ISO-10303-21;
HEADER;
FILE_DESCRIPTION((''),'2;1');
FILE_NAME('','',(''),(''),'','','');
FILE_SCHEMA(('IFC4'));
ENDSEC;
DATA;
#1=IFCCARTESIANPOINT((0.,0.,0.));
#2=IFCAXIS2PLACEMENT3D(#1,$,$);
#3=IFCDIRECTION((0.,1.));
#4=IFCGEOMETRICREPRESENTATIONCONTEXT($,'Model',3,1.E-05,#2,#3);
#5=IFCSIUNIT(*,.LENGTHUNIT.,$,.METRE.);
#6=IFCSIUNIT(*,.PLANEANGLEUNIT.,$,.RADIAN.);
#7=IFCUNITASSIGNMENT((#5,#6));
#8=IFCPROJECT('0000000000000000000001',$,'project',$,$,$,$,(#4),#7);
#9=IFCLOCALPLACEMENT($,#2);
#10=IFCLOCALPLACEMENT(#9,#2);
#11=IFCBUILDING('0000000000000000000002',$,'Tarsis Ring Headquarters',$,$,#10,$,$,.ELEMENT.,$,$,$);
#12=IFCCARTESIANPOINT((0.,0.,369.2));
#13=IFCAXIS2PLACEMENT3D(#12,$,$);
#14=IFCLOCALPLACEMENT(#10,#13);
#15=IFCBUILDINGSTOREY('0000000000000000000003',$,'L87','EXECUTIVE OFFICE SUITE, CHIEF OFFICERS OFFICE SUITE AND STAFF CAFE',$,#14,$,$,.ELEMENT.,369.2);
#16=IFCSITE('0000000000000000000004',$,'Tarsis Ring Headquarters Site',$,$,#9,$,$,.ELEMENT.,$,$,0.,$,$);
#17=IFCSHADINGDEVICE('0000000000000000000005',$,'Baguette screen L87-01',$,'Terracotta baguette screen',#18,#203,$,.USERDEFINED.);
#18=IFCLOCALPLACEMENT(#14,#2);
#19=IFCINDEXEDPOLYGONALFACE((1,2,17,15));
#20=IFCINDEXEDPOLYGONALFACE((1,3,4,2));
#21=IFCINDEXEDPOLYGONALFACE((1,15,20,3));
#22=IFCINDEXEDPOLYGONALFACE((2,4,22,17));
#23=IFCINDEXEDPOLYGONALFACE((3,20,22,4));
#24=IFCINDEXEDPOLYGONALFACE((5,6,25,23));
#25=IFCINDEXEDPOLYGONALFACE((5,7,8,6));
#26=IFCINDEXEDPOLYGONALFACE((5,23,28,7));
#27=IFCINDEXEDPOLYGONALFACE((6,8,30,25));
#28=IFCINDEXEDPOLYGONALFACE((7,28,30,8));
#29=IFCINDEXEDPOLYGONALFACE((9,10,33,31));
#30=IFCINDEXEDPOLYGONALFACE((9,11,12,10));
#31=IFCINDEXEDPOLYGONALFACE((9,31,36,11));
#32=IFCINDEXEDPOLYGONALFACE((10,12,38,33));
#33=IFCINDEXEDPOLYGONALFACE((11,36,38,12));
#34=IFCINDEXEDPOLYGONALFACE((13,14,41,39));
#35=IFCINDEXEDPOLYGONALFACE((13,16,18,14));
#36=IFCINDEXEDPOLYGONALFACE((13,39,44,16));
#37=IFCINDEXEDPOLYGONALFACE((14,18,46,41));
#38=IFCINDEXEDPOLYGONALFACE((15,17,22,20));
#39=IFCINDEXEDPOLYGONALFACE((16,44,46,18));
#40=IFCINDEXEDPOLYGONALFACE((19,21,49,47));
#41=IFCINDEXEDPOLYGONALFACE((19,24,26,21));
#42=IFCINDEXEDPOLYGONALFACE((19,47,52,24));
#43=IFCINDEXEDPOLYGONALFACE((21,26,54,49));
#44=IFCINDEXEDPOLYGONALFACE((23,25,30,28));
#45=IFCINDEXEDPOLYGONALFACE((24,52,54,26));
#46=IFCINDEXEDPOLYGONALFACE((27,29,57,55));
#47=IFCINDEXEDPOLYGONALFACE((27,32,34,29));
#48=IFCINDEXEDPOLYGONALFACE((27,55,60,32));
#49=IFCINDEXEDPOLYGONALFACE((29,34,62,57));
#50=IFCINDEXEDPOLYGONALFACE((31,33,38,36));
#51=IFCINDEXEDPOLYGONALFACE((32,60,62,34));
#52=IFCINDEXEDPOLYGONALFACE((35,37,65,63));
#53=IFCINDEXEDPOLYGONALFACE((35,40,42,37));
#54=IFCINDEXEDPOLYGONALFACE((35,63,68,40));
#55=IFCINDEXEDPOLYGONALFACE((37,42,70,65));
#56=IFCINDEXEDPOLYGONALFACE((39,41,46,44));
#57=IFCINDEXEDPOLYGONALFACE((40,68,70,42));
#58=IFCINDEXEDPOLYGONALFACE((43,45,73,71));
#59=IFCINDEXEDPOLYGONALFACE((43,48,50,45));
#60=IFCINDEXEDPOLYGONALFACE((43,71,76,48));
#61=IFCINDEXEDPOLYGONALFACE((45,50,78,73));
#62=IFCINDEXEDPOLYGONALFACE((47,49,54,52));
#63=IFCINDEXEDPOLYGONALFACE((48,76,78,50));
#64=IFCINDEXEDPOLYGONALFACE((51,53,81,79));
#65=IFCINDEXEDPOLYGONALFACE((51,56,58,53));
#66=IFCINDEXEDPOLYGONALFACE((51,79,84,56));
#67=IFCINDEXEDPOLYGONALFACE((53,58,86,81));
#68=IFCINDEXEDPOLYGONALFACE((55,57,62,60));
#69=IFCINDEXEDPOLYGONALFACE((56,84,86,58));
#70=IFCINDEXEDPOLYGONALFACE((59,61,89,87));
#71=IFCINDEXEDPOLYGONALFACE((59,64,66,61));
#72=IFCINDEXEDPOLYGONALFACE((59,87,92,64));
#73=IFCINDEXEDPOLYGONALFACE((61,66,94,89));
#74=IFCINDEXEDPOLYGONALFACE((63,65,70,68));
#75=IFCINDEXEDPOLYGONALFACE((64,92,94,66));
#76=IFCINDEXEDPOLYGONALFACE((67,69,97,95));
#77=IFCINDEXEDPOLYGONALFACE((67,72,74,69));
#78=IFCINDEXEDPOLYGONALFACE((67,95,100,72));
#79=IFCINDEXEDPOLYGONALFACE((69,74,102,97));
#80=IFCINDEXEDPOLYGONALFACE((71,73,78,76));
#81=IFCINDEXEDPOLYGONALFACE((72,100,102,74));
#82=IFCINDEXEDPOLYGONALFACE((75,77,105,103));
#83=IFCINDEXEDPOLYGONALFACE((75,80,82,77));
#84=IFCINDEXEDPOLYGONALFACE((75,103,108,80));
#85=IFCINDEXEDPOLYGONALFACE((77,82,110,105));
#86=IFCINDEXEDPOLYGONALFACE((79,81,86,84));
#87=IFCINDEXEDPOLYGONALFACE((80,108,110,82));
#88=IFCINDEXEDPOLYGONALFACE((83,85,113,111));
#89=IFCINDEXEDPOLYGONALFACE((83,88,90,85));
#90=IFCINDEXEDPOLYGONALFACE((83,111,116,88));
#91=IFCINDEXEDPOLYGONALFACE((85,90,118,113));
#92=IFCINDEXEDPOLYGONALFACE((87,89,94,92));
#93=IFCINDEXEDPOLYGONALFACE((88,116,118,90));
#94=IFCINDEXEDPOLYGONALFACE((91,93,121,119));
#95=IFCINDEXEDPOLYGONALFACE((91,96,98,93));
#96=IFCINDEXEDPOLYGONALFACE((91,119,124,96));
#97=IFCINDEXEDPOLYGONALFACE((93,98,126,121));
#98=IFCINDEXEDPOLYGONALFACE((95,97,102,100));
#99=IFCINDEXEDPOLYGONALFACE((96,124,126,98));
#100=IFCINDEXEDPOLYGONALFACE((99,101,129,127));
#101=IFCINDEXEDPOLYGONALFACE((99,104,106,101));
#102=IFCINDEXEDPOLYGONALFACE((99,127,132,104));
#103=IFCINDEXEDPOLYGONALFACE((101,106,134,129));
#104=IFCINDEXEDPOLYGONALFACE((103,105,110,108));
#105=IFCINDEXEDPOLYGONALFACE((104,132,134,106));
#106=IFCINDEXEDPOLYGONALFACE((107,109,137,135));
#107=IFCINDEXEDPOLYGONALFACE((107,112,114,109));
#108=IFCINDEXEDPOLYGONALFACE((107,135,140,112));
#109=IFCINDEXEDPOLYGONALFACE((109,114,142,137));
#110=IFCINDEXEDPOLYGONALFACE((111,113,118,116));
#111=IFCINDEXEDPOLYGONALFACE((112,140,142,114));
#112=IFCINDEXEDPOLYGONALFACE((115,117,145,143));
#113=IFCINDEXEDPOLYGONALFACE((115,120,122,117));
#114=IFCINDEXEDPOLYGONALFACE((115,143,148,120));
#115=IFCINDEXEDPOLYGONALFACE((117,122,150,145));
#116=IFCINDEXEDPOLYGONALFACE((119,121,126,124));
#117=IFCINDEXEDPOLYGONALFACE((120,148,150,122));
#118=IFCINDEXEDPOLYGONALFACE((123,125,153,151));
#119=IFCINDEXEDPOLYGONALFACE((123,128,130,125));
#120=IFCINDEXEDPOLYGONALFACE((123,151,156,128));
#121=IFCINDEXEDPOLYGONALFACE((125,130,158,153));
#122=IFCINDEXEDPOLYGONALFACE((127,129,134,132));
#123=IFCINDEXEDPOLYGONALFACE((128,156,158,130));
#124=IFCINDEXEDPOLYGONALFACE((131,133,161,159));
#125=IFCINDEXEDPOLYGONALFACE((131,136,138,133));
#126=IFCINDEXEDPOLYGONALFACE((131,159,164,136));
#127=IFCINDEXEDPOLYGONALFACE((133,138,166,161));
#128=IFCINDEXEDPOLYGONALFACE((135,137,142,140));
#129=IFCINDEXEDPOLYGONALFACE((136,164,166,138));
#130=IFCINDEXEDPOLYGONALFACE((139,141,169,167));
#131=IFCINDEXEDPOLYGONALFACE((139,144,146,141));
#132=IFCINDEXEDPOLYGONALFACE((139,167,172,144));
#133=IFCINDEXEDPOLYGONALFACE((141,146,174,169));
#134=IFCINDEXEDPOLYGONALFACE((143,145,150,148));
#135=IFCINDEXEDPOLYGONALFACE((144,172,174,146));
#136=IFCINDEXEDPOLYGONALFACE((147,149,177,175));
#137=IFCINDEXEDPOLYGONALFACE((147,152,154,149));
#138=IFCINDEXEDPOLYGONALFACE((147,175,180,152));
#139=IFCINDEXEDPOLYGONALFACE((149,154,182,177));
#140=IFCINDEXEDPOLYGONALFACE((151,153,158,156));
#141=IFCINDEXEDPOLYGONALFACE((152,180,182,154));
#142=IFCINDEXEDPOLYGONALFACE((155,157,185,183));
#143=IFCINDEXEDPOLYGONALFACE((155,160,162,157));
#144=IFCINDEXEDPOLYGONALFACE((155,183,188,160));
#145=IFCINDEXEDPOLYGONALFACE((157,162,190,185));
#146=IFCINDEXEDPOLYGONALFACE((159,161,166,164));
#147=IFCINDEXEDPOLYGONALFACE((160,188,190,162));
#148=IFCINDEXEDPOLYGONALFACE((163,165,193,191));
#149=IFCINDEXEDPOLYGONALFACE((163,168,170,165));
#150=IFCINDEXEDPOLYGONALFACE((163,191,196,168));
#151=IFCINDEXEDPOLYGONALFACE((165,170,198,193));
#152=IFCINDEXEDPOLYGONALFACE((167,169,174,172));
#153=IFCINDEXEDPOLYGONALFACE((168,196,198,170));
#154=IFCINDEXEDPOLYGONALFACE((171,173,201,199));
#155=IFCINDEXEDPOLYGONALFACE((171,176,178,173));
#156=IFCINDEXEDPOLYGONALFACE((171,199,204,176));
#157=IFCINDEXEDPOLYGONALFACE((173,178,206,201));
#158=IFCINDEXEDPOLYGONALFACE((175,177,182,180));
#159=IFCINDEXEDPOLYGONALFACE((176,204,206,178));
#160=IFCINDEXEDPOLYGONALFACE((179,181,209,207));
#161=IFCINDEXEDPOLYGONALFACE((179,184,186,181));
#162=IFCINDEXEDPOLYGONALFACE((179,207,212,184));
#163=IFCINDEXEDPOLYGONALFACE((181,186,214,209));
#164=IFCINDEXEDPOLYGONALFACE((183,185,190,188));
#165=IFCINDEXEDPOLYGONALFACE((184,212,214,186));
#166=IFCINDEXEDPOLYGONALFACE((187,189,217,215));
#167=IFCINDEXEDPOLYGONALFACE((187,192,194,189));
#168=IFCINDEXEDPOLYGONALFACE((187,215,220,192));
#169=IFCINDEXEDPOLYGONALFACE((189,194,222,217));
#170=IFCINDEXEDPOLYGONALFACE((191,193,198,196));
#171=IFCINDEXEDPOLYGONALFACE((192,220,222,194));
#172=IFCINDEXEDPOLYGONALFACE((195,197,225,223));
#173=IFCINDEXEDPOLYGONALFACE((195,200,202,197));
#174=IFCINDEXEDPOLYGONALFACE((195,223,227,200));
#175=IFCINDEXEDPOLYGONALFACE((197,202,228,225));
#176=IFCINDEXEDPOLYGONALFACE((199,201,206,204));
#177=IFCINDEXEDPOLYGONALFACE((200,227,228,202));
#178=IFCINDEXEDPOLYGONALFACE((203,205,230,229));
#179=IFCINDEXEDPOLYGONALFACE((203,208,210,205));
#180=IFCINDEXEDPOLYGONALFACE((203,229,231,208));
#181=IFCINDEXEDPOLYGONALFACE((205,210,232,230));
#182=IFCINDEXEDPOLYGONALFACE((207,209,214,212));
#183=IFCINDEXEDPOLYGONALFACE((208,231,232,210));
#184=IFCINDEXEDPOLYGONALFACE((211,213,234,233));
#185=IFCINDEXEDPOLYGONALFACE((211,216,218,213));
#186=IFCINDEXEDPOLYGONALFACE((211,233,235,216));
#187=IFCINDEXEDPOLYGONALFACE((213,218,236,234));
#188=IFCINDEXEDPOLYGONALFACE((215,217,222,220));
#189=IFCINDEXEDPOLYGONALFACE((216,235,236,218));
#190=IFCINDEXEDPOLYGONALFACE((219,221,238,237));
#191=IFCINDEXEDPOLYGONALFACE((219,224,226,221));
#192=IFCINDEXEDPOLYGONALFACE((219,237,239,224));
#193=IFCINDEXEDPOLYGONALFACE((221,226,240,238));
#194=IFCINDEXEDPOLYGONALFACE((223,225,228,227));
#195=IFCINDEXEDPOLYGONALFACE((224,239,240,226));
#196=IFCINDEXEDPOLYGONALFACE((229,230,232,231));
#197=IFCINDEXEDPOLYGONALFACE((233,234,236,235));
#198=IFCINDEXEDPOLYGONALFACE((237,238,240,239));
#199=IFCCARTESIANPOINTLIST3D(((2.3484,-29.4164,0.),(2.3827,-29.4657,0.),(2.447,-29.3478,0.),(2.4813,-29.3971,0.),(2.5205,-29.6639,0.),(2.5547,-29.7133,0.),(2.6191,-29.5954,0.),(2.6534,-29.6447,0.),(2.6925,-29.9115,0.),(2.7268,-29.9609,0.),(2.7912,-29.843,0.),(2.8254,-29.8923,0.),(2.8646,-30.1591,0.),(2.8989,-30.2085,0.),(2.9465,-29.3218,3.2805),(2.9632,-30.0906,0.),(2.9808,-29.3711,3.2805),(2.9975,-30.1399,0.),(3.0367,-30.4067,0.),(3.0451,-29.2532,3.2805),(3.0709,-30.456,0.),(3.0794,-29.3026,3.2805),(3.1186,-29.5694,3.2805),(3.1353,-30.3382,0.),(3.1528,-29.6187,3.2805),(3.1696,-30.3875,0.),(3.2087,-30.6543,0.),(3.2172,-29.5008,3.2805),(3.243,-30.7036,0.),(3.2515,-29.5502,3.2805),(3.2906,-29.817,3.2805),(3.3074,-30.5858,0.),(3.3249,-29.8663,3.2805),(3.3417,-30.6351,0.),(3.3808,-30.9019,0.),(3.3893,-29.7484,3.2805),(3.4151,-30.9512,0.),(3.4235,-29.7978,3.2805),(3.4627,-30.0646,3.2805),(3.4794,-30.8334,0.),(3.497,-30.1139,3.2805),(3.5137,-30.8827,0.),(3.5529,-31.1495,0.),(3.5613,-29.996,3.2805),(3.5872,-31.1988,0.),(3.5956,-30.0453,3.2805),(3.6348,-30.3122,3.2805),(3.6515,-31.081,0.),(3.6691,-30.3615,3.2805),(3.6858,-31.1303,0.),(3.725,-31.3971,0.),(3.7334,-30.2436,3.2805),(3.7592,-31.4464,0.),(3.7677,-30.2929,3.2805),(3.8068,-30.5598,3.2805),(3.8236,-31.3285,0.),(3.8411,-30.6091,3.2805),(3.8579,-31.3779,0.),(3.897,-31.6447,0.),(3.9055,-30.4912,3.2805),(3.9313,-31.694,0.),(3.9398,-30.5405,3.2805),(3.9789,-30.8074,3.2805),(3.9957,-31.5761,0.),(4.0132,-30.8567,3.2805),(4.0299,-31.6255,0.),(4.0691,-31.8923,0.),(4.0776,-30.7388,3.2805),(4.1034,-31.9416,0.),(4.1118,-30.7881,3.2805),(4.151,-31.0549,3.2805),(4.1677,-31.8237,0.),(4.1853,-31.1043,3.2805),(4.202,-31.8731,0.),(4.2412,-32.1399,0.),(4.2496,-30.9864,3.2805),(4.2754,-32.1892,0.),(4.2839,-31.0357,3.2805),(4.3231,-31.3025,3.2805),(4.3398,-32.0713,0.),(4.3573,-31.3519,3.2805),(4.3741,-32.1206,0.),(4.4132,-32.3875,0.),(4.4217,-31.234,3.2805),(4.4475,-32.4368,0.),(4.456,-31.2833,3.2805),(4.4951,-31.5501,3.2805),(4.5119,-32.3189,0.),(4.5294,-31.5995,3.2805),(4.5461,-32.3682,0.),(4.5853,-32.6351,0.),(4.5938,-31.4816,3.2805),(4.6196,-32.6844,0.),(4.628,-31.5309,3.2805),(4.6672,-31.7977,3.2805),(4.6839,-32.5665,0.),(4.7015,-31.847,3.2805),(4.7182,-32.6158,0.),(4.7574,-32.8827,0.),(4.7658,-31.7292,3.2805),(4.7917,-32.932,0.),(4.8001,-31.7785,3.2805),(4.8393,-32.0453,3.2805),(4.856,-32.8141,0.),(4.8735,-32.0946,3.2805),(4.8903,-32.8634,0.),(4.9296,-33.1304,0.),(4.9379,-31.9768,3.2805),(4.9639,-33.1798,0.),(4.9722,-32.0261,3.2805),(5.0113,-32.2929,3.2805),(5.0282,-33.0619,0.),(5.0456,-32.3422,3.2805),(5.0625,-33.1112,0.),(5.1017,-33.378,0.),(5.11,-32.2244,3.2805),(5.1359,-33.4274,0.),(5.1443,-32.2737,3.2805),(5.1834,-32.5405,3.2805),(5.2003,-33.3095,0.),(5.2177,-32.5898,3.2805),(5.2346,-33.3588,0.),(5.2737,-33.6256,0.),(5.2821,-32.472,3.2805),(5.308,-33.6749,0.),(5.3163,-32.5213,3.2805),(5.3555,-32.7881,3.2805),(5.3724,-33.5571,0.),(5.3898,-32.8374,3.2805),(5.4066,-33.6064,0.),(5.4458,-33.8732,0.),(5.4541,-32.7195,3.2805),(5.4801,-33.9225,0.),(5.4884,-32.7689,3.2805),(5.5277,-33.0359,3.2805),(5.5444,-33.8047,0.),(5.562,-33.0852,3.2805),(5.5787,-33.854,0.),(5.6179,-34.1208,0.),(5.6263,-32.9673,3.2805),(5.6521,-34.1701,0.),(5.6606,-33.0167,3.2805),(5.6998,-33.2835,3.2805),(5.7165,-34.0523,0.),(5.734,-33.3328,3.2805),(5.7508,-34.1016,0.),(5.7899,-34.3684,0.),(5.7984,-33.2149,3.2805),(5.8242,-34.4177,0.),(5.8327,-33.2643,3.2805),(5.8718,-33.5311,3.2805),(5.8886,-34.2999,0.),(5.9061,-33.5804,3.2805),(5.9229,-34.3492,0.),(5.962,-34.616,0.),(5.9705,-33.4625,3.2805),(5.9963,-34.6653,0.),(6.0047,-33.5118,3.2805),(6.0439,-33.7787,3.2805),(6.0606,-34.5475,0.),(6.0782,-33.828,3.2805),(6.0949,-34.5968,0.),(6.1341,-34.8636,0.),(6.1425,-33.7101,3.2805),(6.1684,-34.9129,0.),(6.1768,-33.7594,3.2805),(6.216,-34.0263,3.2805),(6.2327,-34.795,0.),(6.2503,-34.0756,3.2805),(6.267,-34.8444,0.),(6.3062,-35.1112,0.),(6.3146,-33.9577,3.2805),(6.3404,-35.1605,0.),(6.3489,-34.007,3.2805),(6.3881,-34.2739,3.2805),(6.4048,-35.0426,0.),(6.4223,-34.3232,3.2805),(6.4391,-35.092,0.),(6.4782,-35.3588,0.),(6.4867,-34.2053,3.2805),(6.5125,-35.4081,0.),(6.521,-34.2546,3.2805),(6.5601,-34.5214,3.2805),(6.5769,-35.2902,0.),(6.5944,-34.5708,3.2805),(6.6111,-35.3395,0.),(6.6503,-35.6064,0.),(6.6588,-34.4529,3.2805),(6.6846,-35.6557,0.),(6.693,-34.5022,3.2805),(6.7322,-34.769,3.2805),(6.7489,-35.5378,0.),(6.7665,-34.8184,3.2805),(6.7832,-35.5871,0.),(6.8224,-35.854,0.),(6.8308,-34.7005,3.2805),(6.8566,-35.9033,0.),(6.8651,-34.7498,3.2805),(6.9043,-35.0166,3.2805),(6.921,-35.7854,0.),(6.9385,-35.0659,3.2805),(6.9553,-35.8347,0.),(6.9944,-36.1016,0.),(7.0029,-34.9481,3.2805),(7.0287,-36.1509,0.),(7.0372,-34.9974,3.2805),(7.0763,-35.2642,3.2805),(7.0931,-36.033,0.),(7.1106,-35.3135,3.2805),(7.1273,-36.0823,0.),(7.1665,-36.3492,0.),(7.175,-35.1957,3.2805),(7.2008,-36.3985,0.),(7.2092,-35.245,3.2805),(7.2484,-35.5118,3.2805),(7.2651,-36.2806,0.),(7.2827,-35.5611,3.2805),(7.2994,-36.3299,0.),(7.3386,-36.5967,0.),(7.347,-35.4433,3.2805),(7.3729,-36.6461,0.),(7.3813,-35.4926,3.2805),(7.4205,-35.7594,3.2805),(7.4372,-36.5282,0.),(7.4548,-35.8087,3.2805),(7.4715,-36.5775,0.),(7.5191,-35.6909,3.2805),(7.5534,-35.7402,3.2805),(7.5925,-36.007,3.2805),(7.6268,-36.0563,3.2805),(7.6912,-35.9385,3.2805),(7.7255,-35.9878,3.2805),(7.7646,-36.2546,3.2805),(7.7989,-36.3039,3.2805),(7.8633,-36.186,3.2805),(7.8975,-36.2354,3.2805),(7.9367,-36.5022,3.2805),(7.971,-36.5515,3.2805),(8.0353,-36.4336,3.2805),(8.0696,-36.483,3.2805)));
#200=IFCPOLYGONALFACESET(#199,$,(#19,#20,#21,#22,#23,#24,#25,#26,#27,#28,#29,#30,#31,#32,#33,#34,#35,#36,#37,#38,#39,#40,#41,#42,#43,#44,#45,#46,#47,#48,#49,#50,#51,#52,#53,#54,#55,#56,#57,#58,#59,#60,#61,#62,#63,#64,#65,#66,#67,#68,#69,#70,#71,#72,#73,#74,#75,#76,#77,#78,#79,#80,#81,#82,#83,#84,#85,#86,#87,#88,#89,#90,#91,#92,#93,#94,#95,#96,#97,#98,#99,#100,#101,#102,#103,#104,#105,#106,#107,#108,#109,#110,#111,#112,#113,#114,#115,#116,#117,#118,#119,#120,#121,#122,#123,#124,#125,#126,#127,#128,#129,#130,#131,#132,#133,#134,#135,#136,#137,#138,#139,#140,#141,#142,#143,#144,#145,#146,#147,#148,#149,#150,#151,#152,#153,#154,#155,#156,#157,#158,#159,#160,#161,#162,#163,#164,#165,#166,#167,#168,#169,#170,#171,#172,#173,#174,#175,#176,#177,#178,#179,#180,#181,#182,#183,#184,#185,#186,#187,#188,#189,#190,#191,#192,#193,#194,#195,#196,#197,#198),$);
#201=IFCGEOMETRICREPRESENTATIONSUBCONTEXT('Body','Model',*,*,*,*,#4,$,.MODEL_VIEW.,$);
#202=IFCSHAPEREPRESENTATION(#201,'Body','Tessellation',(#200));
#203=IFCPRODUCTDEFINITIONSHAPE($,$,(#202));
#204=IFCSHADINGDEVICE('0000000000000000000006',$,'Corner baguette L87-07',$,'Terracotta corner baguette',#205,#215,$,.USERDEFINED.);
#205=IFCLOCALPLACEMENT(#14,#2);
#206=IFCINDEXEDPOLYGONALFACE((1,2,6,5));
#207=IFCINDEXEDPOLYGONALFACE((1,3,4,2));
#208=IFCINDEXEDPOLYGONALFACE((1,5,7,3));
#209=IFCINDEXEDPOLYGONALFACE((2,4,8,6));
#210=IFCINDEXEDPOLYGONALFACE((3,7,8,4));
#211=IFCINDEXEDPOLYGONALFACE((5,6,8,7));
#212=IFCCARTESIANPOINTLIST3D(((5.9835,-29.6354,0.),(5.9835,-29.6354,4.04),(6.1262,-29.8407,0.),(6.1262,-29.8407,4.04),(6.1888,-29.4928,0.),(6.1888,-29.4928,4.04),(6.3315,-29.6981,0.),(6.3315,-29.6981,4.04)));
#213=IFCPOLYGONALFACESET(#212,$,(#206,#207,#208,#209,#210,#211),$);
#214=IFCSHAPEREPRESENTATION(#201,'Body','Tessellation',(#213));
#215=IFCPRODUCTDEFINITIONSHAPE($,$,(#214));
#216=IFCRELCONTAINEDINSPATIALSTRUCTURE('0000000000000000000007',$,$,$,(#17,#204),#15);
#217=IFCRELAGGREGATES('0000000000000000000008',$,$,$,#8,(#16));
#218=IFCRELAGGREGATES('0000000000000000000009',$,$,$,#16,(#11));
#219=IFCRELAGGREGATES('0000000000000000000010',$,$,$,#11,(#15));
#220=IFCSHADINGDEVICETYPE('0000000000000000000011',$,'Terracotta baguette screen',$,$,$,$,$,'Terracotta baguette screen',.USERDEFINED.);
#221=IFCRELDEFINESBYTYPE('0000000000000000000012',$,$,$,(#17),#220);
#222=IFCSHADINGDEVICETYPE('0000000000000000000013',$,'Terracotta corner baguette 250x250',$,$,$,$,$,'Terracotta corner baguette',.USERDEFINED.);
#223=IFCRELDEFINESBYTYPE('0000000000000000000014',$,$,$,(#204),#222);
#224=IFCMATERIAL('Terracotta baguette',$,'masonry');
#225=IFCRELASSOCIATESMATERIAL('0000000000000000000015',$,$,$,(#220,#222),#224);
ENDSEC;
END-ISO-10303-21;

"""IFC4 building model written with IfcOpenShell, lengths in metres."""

from ifc_helpers import new_model, si_unit, direction, frame, frame_2d, origin, origin_2d, place, context, subcontext, project, spatial, rectangle, composite_profile, extrude, material, type_object, element, save


model = new_model("IFC4")

# Units and contexts
model_context = context("Model", 3, precision=1e-05, world=origin(), true_north=direction((0.0, 1.0)))
body_context = subcontext(model_context, "Body", "Model", "MODEL_VIEW")
ifc_project = project(units=[si_unit("LENGTHUNIT", "METRE"), si_unit("PLANEANGLEUNIT", "RADIAN")], contexts=[model_context])

# Site, building, storey
site_placement = place(None, origin())
site = spatial("IfcSite", under=ifc_project, at=site_placement, Name="Tarsis Ring Headquarters Site", CompositionType="ELEMENT", RefElevation=0.0)
building_placement = place(site_placement, origin())
building = spatial("IfcBuilding", under=site, at=building_placement, Name="Tarsis Ring Headquarters", CompositionType="ELEMENT")
storey_placement = place(building_placement, frame((0.0, 0.0, 369.2)))
storey = spatial("IfcBuildingStorey", under=building, at=storey_placement, Name="L87", Description="EXECUTIVE OFFICE SUITE, CHIEF OFFICERS OFFICE SUITE AND STAFF CAFE", CompositionType="ELEMENT", Elevation=369.2)

# Shading devices
ifc_material_1 = material(Name="Terracotta baguette", Category="masonry")
shading_device_type_1 = type_object("IfcShadingDeviceType", Name="Terracotta baguette screen", ElementType="Terracotta baguette screen", PredefinedType="USERDEFINED", material=ifc_material_1)
shading_device_1_placement = place(storey_placement, frame((2.3977, -29.3821, 0.0), z_axis=(0.0, 0.0, 1.0), x_axis=(0.570696, -0.821174, 0.0)))
element("IfcShadingDevice", 1, at=shading_device_1_placement, inside=storey, type_object=shading_device_type_1, Name="Baguette screen L87-01", ObjectType="Terracotta baguette screen", PredefinedType="USERDEFINED", context=body_context, shape_type="SweptSolid", body=[
    extrude(composite_profile([rectangle(XDim=0.0601, YDim=0.1201, at=frame_2d((0.03, 0.0))), rectangle(XDim=0.0601, YDim=0.1201, at=frame_2d((0.3315, 0.0))), rectangle(XDim=0.0601, YDim=0.1201, at=frame_2d((0.6331, 0.0))), rectangle(XDim=0.0601, YDim=0.1201, at=frame_2d((0.9346, 0.0))), rectangle(XDim=0.0601, YDim=0.1201, at=frame_2d((1.2361, 0.0))), rectangle(XDim=0.0601, YDim=0.1201, at=frame_2d((1.5376, 0.0))), rectangle(XDim=0.0601, YDim=0.1201, at=frame_2d((1.8391, 0.0))), rectangle(XDim=0.0601, YDim=0.1201, at=frame_2d((2.1406, 0.0))), rectangle(XDim=0.0601, YDim=0.1201, at=frame_2d((2.4421, 0.0))), rectangle(XDim=0.0601, YDim=0.1201, at=frame_2d((2.7437, 0.0))), rectangle(XDim=0.0601, YDim=0.1201, at=frame_2d((3.0452, 0.0))), rectangle(XDim=0.0601, YDim=0.1201, at=frame_2d((3.3467, 0.0))), rectangle(XDim=0.0601, YDim=0.1201, at=frame_2d((3.6482, 0.0))), rectangle(XDim=0.0601, YDim=0.1201, at=frame_2d((3.9497, 0.0))), rectangle(XDim=0.0601, YDim=0.1201, at=frame_2d((4.2512, 0.0))), rectangle(XDim=0.0601, YDim=0.1201, at=frame_2d((4.553, 0.0))), rectangle(XDim=0.0601, YDim=0.1201, at=frame_2d((4.8545, 0.0))), rectangle(XDim=0.0601, YDim=0.1201, at=frame_2d((5.156, 0.0))), rectangle(XDim=0.0601, YDim=0.1201, at=frame_2d((5.4575, 0.0))), rectangle(XDim=0.0601, YDim=0.1201, at=frame_2d((5.759, 0.0))), rectangle(XDim=0.0601, YDim=0.1201, at=frame_2d((6.0605, 0.0))), rectangle(XDim=0.0601, YDim=0.1201, at=frame_2d((6.3621, 0.0))), rectangle(XDim=0.0601, YDim=0.1201, at=frame_2d((6.6636, 0.0))), rectangle(XDim=0.0601, YDim=0.1201, at=frame_2d((6.9651, 0.0))), rectangle(XDim=0.0601, YDim=0.1201, at=frame_2d((7.2666, 0.0))), rectangle(XDim=0.0601, YDim=0.1201, at=frame_2d((7.5681, 0.0))), rectangle(XDim=0.0601, YDim=0.1201, at=frame_2d((7.8696, 0.0))), rectangle(XDim=0.0601, YDim=0.1201, at=frame_2d((8.1711, 0.0))), rectangle(XDim=0.0601, YDim=0.1201, at=frame_2d((8.4727, 0.0))), rectangle(XDim=0.0601, YDim=0.1201, at=frame_2d((8.7742, 0.0)))]), origin(), (0.079045, 0.163405, 0.983387), 3.3359),
])
shading_device_type_2 = type_object("IfcShadingDeviceType", Name="Terracotta corner baguette 250x250", ElementType="Terracotta corner baguette", PredefinedType="USERDEFINED", material=ifc_material_1)
for number, where, z_axis, x_axis, name in (
    (2, (6.1575, -29.6667, 0.0), (0.0, 0.0, 1.0), (0.570714, -0.821149, 0.0), "Corner baguette L87-07"),
):
    element("IfcShadingDevice", number, at=place(storey_placement, frame(where, z_axis=z_axis, x_axis=x_axis)), inside=storey, type_object=shading_device_type_2, Name=name, ObjectType="Terracotta corner baguette", PredefinedType="USERDEFINED", context=body_context, shape_type="SweptSolid", body=[
        extrude(rectangle(XDim=0.25, YDim=0.25, at=origin_2d()), origin(), (0.0, 0.0, 1.0), 4.04),
    ])

save(model, "model.ifc")
